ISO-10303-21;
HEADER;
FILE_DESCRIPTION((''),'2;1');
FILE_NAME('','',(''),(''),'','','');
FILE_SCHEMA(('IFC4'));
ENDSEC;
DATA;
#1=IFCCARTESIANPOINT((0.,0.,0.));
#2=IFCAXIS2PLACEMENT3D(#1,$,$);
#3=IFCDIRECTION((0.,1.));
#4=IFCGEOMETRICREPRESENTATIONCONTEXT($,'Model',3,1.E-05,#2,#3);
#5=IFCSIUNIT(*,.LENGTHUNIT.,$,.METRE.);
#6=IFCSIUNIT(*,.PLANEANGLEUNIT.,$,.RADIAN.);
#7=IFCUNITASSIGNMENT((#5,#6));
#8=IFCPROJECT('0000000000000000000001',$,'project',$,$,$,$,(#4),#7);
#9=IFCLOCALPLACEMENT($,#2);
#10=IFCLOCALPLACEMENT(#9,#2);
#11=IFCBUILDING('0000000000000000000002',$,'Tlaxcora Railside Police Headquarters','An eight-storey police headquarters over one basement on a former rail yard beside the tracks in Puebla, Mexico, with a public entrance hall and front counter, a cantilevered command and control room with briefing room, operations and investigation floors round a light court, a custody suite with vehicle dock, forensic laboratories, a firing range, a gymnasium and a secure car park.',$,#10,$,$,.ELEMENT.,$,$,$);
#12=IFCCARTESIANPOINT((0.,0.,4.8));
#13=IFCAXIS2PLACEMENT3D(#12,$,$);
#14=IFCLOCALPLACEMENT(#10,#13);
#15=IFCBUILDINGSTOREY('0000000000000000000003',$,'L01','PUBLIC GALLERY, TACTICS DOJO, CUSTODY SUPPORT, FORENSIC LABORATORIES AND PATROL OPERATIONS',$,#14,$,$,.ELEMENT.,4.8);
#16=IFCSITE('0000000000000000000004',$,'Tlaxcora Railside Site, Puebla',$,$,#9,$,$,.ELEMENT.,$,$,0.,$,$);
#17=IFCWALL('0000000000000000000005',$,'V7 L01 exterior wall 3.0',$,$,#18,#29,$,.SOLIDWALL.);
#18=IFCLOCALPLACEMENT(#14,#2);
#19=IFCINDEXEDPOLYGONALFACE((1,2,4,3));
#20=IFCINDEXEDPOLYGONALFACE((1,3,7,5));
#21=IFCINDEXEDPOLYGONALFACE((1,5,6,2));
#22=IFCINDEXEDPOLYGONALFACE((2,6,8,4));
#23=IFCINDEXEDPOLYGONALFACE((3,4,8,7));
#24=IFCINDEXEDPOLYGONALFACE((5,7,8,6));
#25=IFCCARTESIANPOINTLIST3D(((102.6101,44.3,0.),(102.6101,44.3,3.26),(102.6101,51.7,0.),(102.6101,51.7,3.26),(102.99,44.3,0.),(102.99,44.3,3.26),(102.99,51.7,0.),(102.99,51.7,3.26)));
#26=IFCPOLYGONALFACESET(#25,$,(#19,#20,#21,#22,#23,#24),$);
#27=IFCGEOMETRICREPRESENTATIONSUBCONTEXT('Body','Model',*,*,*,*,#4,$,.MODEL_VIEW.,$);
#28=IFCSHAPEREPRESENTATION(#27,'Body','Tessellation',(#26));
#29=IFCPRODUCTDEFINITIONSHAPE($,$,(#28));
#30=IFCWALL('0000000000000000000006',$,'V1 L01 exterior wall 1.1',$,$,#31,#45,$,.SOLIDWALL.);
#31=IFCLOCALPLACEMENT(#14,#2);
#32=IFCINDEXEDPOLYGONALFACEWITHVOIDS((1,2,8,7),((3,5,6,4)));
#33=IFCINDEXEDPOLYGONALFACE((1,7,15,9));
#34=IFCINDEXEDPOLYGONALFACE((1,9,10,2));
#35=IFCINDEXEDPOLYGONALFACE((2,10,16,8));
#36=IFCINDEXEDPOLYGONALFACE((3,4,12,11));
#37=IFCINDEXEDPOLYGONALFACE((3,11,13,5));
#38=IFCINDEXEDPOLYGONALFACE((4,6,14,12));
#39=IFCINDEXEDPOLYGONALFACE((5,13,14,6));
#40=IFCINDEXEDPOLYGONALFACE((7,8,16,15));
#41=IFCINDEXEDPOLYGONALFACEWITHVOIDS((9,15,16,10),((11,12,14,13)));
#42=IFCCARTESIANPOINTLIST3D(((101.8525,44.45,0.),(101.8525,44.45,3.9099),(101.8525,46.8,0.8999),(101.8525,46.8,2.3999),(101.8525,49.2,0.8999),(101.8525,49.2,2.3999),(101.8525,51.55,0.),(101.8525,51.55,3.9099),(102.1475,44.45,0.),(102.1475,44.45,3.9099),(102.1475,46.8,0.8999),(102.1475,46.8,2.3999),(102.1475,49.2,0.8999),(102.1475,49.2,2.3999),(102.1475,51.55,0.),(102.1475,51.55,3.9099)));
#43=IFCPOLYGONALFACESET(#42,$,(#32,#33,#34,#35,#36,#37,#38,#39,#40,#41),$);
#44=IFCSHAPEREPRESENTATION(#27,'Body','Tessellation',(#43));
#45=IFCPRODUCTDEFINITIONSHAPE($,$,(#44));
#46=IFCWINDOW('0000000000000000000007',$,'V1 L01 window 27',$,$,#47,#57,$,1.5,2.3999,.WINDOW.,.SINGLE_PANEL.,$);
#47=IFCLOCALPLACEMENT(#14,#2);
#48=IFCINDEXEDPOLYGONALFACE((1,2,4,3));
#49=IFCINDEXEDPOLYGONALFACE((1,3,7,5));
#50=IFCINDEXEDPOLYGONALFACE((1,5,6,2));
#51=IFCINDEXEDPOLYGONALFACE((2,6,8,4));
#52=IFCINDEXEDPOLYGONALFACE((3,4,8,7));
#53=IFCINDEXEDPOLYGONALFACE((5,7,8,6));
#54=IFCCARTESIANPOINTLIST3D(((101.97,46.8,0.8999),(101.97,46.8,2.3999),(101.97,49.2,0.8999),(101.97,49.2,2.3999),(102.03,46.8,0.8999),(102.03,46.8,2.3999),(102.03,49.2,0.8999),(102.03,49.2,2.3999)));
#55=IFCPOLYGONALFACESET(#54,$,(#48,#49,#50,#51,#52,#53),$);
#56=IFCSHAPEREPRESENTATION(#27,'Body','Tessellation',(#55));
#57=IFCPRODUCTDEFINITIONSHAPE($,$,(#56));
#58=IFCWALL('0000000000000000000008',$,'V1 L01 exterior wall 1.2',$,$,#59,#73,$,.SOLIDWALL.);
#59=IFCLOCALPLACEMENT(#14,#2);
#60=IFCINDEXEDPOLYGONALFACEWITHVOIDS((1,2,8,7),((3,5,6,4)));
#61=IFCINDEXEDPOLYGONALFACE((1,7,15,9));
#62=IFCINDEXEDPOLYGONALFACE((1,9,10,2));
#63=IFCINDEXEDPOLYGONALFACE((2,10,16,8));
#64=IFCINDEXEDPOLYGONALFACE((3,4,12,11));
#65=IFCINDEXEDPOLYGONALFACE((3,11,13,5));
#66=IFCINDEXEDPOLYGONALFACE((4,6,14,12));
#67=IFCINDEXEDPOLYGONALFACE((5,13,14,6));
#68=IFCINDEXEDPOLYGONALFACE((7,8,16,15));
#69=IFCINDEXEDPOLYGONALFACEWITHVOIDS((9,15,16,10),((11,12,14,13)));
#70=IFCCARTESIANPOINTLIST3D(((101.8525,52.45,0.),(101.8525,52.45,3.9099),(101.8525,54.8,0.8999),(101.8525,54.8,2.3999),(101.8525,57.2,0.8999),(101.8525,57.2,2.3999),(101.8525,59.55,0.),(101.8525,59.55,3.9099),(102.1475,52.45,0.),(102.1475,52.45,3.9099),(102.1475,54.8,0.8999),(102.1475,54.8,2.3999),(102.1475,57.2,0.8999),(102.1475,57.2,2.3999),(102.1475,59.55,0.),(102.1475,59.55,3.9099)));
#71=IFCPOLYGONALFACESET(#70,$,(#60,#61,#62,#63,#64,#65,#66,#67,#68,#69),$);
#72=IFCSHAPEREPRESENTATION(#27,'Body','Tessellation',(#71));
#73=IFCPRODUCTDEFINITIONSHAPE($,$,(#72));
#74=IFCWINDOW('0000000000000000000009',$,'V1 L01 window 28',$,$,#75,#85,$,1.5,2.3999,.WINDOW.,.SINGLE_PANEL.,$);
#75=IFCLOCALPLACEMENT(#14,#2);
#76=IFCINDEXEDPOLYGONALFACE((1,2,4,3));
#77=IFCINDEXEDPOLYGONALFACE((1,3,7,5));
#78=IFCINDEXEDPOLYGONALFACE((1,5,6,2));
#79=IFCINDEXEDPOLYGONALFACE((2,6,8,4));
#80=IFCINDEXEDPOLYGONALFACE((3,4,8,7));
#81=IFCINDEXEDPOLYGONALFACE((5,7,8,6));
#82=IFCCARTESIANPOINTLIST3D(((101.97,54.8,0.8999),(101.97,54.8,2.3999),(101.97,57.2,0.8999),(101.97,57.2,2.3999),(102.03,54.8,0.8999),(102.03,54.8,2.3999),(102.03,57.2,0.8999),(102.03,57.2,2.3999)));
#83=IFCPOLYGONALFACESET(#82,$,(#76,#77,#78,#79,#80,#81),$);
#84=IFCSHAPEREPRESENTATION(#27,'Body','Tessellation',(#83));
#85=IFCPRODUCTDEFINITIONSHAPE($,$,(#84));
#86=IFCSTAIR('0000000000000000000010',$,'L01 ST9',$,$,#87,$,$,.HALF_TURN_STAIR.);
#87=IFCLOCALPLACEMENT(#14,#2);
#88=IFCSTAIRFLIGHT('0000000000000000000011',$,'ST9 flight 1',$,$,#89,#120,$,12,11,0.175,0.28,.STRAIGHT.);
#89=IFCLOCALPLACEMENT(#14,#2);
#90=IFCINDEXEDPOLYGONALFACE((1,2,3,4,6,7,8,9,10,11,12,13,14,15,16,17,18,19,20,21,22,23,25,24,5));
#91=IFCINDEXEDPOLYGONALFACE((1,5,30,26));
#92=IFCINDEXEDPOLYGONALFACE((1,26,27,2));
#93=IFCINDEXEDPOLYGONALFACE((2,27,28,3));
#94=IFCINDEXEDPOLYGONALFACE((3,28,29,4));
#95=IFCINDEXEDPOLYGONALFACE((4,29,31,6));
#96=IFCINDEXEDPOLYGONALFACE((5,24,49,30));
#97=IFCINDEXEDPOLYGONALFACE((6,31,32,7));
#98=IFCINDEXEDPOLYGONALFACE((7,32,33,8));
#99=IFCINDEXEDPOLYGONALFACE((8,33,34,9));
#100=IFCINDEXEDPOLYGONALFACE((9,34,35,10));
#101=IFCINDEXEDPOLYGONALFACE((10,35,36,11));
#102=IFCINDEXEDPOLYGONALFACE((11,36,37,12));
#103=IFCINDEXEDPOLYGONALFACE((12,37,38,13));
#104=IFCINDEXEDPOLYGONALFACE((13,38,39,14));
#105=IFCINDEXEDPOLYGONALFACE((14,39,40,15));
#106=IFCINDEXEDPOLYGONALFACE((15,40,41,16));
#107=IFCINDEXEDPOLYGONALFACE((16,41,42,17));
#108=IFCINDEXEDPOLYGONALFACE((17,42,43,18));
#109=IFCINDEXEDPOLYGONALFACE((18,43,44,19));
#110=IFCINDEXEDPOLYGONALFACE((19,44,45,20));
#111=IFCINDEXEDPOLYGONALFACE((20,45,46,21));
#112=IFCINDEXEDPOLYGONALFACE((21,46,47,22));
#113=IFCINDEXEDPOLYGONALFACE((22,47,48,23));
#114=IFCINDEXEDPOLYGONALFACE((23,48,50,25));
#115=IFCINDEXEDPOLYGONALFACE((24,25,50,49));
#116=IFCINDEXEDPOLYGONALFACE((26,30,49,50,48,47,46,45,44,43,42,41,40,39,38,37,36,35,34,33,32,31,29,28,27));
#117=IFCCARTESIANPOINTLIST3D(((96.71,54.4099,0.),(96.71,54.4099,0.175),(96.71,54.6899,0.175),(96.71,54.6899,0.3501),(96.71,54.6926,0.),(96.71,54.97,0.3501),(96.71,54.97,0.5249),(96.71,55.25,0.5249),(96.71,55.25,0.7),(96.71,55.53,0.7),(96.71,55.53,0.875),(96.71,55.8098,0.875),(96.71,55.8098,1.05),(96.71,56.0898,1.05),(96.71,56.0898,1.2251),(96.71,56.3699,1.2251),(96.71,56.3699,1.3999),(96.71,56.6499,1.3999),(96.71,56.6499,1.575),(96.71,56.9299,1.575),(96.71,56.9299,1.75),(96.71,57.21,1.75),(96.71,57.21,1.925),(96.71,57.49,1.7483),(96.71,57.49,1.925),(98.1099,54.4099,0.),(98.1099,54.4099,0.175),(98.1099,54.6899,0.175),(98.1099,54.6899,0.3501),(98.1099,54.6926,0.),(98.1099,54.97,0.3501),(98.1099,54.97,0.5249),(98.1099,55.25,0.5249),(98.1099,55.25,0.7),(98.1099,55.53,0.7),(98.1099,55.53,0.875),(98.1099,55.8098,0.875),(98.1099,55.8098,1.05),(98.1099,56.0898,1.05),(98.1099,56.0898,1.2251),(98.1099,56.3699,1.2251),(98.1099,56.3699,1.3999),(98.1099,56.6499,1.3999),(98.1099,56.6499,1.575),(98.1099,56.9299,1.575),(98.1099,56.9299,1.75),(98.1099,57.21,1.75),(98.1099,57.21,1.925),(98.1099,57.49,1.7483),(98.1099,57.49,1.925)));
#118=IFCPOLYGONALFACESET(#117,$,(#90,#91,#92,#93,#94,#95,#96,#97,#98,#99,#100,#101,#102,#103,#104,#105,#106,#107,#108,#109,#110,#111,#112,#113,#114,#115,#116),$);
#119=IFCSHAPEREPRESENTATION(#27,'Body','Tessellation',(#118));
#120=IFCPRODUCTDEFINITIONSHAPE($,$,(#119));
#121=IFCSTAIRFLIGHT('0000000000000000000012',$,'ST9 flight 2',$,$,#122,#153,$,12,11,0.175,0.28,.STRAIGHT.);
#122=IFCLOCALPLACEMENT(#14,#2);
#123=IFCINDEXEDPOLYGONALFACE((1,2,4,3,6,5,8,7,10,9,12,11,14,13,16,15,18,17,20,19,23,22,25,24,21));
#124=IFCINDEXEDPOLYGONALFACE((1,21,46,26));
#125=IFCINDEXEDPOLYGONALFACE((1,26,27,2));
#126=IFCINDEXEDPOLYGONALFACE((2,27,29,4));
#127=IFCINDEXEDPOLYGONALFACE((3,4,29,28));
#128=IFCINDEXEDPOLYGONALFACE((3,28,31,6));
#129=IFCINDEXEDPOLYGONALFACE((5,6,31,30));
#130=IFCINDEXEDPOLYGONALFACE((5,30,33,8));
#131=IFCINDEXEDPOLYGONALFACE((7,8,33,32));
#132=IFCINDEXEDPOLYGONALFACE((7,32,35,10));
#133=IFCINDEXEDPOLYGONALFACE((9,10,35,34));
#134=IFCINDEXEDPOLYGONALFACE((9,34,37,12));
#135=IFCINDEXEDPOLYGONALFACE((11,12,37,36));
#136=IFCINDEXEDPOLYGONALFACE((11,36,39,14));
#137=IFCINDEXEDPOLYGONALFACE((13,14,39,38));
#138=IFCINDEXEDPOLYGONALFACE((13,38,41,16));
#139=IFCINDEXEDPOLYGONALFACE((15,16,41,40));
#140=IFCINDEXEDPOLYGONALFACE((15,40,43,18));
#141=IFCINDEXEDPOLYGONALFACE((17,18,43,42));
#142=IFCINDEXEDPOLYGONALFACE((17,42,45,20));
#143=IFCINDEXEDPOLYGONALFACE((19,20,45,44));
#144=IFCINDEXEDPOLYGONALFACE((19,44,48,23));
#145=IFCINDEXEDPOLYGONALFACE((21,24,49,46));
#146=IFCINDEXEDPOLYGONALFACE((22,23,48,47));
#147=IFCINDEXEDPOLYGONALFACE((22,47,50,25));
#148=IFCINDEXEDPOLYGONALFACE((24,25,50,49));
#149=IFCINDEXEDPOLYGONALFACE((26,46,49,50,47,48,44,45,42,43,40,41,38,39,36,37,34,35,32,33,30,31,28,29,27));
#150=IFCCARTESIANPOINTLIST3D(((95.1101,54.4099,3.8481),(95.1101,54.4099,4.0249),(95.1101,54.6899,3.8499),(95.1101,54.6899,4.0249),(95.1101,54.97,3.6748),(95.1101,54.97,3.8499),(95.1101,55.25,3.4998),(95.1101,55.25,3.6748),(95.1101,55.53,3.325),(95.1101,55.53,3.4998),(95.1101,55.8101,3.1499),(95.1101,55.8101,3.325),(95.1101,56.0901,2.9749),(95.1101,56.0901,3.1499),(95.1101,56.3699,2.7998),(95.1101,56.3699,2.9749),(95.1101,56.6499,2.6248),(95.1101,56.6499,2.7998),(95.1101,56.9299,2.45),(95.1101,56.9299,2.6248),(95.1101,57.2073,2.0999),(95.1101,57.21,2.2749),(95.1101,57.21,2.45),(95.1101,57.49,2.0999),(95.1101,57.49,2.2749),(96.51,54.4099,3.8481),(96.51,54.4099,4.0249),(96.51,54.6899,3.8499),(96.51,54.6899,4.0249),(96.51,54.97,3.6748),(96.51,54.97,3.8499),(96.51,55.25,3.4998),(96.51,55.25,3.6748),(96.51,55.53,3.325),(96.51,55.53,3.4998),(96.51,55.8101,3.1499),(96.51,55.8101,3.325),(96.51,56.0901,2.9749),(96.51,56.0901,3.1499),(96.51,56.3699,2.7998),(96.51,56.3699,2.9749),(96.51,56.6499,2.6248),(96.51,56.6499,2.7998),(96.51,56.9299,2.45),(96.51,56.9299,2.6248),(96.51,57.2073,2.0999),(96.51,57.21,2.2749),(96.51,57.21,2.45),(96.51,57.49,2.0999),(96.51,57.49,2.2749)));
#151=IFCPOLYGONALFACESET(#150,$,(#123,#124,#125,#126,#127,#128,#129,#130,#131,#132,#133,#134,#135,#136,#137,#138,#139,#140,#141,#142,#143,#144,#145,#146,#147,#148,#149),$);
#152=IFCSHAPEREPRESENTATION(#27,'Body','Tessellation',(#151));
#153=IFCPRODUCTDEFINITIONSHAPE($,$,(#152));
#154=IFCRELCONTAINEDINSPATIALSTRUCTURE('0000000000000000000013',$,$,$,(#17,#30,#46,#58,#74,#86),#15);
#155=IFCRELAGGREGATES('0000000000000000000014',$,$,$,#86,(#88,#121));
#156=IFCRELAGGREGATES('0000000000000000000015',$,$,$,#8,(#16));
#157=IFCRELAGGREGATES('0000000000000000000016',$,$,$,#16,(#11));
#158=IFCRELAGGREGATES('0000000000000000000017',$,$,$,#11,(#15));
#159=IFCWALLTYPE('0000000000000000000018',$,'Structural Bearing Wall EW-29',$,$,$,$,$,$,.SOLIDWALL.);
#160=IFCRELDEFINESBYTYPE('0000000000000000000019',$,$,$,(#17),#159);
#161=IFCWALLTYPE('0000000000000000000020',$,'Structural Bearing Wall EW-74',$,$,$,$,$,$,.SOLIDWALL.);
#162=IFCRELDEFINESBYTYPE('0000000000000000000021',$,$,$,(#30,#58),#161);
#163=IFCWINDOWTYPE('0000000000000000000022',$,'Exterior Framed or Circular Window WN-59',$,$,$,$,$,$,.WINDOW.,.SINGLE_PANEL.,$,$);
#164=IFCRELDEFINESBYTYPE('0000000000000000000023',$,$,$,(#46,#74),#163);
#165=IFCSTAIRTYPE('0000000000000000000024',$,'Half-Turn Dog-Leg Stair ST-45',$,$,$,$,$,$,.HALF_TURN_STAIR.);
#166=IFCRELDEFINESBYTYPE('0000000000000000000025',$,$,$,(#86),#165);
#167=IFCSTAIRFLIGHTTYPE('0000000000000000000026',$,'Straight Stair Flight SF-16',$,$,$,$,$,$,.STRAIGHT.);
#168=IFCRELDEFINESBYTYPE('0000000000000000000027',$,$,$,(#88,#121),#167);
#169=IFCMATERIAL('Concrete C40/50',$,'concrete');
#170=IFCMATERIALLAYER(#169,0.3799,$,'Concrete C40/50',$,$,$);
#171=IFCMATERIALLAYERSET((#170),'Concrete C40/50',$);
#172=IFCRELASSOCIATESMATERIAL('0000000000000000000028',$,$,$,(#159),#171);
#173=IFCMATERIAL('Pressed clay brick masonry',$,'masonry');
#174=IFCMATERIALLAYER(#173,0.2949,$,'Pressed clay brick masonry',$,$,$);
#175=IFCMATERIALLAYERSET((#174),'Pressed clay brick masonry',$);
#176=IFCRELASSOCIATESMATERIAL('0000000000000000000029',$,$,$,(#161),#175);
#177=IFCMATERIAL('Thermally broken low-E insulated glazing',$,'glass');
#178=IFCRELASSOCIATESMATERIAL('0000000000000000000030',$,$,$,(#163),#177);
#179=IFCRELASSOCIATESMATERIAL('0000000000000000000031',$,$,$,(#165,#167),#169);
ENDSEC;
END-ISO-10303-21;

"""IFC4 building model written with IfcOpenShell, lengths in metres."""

from ifc_helpers import new_model, si_unit, direction, frame, frame_2d, origin, place, context, subcontext, project, spatial, polyline, rectangle, outline, extrude, material, layer, layer_set, type_object, element, fill, aggregate, save


model = new_model("IFC4")

# Units and contexts
model_context = context("Model", 3, precision=1e-05, world=origin(), true_north=direction((0.0, 1.0)))
body_context = subcontext(model_context, "Body", "Model", "MODEL_VIEW")
ifc_project = project(units=[si_unit("LENGTHUNIT", "METRE"), si_unit("PLANEANGLEUNIT", "RADIAN")], contexts=[model_context])

# Site, building, storey
site_placement = place(None, origin())
site = spatial("IfcSite", under=ifc_project, at=site_placement, Name="Tlaxcora Railside Site, Puebla", CompositionType="ELEMENT", RefElevation=0.0)
building_placement = place(site_placement, origin())
building = spatial("IfcBuilding", under=site, at=building_placement, Name="Tlaxcora Railside Police Headquarters", Description="An eight-storey police headquarters over one basement on a former rail yard beside the tracks in Puebla, Mexico, with a public entrance hall and front counter, a cantilevered command and control room with briefing room, operations and investigation floors round a light court, a custody suite with vehicle dock, forensic laboratories, a firing range, a gymnasium and a secure car park.", CompositionType="ELEMENT")
storey_placement = place(building_placement, frame((0.0, 0.0, 4.8)))
storey = spatial("IfcBuildingStorey", under=building, at=storey_placement, Name="L01", Description="PUBLIC GALLERY, TACTICS DOJO, CUSTODY SUPPORT, FORENSIC LABORATORIES AND PATROL OPERATIONS", CompositionType="ELEMENT", Elevation=4.8)

# Shared definitions
ifc_material_1 = material(Name="Concrete C40/50", Category="concrete")

# Wall
ifc_layer_1 = layer(ifc_material_1, 0.3799, Name="Concrete C40/50")
ifc_layer_set_1 = layer_set([ifc_layer_1], Name="Concrete C40/50")
wall_type_1 = type_object("IfcWallType", Name="Structural Bearing Wall EW-29", PredefinedType="SOLIDWALL", material=ifc_layer_set_1)
wall_1_placement = place(storey_placement, frame((102.8, 51.7, 0.0), z_axis=(0.0, 0.0, 1.0), x_axis=(0.0, -1.0, 0.0)))
element("IfcWall", 1, at=wall_1_placement, inside=storey, type_object=wall_type_1, Name="V7 L01 exterior wall 3.0", PredefinedType="SOLIDWALL", context=body_context, shape_type="SweptSolid", body=[
    extrude(rectangle(XDim=7.3999, YDim=0.3799, at=frame_2d((3.7, 0.0))), origin(), (0.0, 0.0, 1.0), 3.26),
])

# Walls, openings, windows
ifc_material_2 = material(Name="Pressed clay brick masonry", Category="masonry")
ifc_layer_2 = layer(ifc_material_2, 0.2949, Name="Pressed clay brick masonry")
ifc_layer_set_2 = layer_set([ifc_layer_2], Name="Pressed clay brick masonry")
wall_type_2 = type_object("IfcWallType", Name="Structural Bearing Wall EW-74", PredefinedType="SOLIDWALL", material=ifc_layer_set_2)
wall_2_placement = place(storey_placement, frame((102.0, 44.45, 0.0), z_axis=(0.0, 0.0, 1.0), x_axis=(0.0, 1.0, 0.0)))
wall_2 = element("IfcWall", 2, at=wall_2_placement, inside=storey, type_object=wall_type_2, Name="V1 L01 exterior wall 1.1", PredefinedType="SOLIDWALL", context=body_context, shape_type="SweptSolid", body=[
    extrude(rectangle(XDim=7.1001, YDim=0.2949, at=frame_2d((3.55, 0.0))), origin(), (0.0, 0.0, 1.0), 3.9099),
])
opening_1_placement = place(wall_2_placement, frame((2.3501, 0.0, 0.8999)))
opening_1 = element("IfcOpeningElement", 3, at=opening_1_placement, cuts=wall_2, PredefinedType="OPENING", context=body_context, shape_type="SweptSolid", body=[
    extrude(rectangle(XDim=2.3999, YDim=1.5, at=frame_2d((1.2, 0.75))), frame((0.0, 0.1575, 0.0), z_axis=(0.0, -1.0, 0.0), x_axis=(1.0, 0.0, 0.0)), (0.0, 0.0, 1.0), 0.3149),
])
ifc_material_3 = material(Name="Thermally broken low-E insulated glazing", Category="glass")
window_type = type_object("IfcWindowType", Name="Exterior Framed or Circular Window WN-59", PartitioningType="SINGLE_PANEL", PredefinedType="WINDOW", material=ifc_material_3)
window_1_placement = place(opening_1_placement, origin())
window_1 = element("IfcWindow", 4, at=window_1_placement, inside=storey, type_object=window_type, Name="V1 L01 window 27", OverallHeight=1.5, OverallWidth=2.3999, PartitioningType="SINGLE_PANEL", PredefinedType="WINDOW", context=body_context, shape_type="SweptSolid", body=[
    extrude(rectangle(XDim=2.3999, YDim=1.5, at=frame_2d((1.2, 0.75))), frame((0.0, 0.03, 0.0), z_axis=(0.0, -1.0, 0.0), x_axis=(1.0, 0.0, 0.0)), (0.0, 0.0, 1.0), 0.0601),
])
fill(opening_1, window_1)
wall_3_placement = place(storey_placement, frame((102.0, 52.45, 0.0), z_axis=(0.0, 0.0, 1.0), x_axis=(0.0, 1.0, 0.0)))
wall_3 = element("IfcWall", 5, at=wall_3_placement, inside=storey, type_object=wall_type_2, Name="V1 L01 exterior wall 1.2", PredefinedType="SOLIDWALL", context=body_context, shape_type="SweptSolid", body=[
    extrude(rectangle(XDim=7.1001, YDim=0.2949, at=frame_2d((3.55, 0.0))), origin(), (0.0, 0.0, 1.0), 3.9099),
])
opening_2_placement = place(wall_3_placement, frame((2.3501, 0.0, 0.8999)))
opening_2 = element("IfcOpeningElement", 6, at=opening_2_placement, cuts=wall_3, PredefinedType="OPENING", context=body_context, shape_type="SweptSolid", body=[
    extrude(rectangle(XDim=2.3999, YDim=1.5, at=frame_2d((1.2, 0.75))), frame((0.0, 0.1575, 0.0), z_axis=(0.0, -1.0, 0.0), x_axis=(1.0, 0.0, 0.0)), (0.0, 0.0, 1.0), 0.3149),
])
window_2_placement = place(opening_2_placement, origin())
window_2 = element("IfcWindow", 7, at=window_2_placement, inside=storey, type_object=window_type, Name="V1 L01 window 28", OverallHeight=1.5, OverallWidth=2.3999, PartitioningType="SINGLE_PANEL", PredefinedType="WINDOW", context=body_context, shape_type="SweptSolid", body=[
    extrude(rectangle(XDim=2.3999, YDim=1.5, at=frame_2d((1.2, 0.75))), frame((0.0, 0.03, 0.0), z_axis=(0.0, -1.0, 0.0), x_axis=(1.0, 0.0, 0.0)), (0.0, 0.0, 1.0), 0.0601),
])
fill(opening_2, window_2)

# Stair, stair flights
stair_type = type_object("IfcStairType", Name="Half-Turn Dog-Leg Stair ST-45", PredefinedType="HALF_TURN_STAIR", material=ifc_material_1)
stair_placement = place(storey_placement, origin())
stair = element("IfcStair", 8, at=stair_placement, inside=storey, type_object=stair_type, Name="L01 ST9", PredefinedType="HALF_TURN_STAIR")
stair_flight_type = type_object("IfcStairFlightType", Name="Straight Stair Flight SF-16", PredefinedType="STRAIGHT", material=ifc_material_1)
stair_flight_1_placement = place(storey_placement, frame((97.4099, 54.4099, 0.0), z_axis=(0.0, 0.0, 1.0), x_axis=(0.0, 1.0, 0.0)))
stair_flight_1 = element("IfcStairFlight", 9, at=stair_flight_1_placement, type_object=stair_flight_type, Name="ST9 flight 1", NumberOfRisers=12, NumberOfTreads=11, PredefinedType="STRAIGHT", RiserHeight=0.175, TreadLength=0.28, context=body_context, shape_type="SweptSolid", body=[
    extrude(outline(polyline([(0.0, 0.0), (0.0, 0.175), (0.28, 0.175), (0.28, 0.3501), (0.5601, 0.3501), (0.5601, 0.5249), (0.8401, 0.5249), (0.8401, 0.7), (1.1201, 0.7), (1.1201, 0.875), (1.3999, 0.875), (1.3999, 1.05), (1.6799, 1.05), (1.6799, 1.2251), (1.96, 1.2251), (1.96, 1.3999), (2.24, 1.3999), (2.24, 1.575), (2.52, 1.575), (2.52, 1.75), (2.8, 1.75), (2.8, 1.925), (3.0801, 1.925), (3.0801, 2.1001), (3.0801, 1.7483), (0.2827, 0.0), (0.0, 0.0)])), frame((0.0, 0.7, 0.0), z_axis=(0.0, -1.0, 0.0), x_axis=(1.0, 0.0, 0.0)), (0.0, 0.0, 1.0), 1.3999),
])
stair_flight_2_placement = place(storey_placement, frame((95.8101, 57.49, 2.0999), z_axis=(0.0, 0.0, 1.0), x_axis=(0.0, -1.0, 0.0)))
stair_flight_2 = element("IfcStairFlight", 10, at=stair_flight_2_placement, type_object=stair_flight_type, Name="ST9 flight 2", NumberOfRisers=12, NumberOfTreads=11, PredefinedType="STRAIGHT", RiserHeight=0.175, TreadLength=0.28, context=body_context, shape_type="SweptSolid", body=[
    extrude(outline(polyline([(0.0, 0.0), (0.0, 0.175), (0.28, 0.175), (0.28, 0.3501), (0.5601, 0.3501), (0.5601, 0.5249), (0.8401, 0.5249), (0.8401, 0.7), (1.1201, 0.7), (1.1201, 0.875), (1.3999, 0.875), (1.3999, 1.05), (1.6799, 1.05), (1.6799, 1.2251), (1.96, 1.2251), (1.96, 1.3999), (2.24, 1.3999), (2.24, 1.575), (2.52, 1.575), (2.52, 1.75), (2.8, 1.75), (2.8, 1.925), (3.0801, 1.925), (3.0801, 2.1001), (3.0801, 1.7483), (0.2827, 0.0), (0.0, 0.0)])), frame((0.0, 0.7, 0.0), z_axis=(0.0, -1.0, 0.0), x_axis=(1.0, 0.0, 0.0)), (0.0, 0.0, 1.0), 1.3999),
])
aggregate(stair, [stair_flight_1, stair_flight_2])

save(model, "model.ifc")
